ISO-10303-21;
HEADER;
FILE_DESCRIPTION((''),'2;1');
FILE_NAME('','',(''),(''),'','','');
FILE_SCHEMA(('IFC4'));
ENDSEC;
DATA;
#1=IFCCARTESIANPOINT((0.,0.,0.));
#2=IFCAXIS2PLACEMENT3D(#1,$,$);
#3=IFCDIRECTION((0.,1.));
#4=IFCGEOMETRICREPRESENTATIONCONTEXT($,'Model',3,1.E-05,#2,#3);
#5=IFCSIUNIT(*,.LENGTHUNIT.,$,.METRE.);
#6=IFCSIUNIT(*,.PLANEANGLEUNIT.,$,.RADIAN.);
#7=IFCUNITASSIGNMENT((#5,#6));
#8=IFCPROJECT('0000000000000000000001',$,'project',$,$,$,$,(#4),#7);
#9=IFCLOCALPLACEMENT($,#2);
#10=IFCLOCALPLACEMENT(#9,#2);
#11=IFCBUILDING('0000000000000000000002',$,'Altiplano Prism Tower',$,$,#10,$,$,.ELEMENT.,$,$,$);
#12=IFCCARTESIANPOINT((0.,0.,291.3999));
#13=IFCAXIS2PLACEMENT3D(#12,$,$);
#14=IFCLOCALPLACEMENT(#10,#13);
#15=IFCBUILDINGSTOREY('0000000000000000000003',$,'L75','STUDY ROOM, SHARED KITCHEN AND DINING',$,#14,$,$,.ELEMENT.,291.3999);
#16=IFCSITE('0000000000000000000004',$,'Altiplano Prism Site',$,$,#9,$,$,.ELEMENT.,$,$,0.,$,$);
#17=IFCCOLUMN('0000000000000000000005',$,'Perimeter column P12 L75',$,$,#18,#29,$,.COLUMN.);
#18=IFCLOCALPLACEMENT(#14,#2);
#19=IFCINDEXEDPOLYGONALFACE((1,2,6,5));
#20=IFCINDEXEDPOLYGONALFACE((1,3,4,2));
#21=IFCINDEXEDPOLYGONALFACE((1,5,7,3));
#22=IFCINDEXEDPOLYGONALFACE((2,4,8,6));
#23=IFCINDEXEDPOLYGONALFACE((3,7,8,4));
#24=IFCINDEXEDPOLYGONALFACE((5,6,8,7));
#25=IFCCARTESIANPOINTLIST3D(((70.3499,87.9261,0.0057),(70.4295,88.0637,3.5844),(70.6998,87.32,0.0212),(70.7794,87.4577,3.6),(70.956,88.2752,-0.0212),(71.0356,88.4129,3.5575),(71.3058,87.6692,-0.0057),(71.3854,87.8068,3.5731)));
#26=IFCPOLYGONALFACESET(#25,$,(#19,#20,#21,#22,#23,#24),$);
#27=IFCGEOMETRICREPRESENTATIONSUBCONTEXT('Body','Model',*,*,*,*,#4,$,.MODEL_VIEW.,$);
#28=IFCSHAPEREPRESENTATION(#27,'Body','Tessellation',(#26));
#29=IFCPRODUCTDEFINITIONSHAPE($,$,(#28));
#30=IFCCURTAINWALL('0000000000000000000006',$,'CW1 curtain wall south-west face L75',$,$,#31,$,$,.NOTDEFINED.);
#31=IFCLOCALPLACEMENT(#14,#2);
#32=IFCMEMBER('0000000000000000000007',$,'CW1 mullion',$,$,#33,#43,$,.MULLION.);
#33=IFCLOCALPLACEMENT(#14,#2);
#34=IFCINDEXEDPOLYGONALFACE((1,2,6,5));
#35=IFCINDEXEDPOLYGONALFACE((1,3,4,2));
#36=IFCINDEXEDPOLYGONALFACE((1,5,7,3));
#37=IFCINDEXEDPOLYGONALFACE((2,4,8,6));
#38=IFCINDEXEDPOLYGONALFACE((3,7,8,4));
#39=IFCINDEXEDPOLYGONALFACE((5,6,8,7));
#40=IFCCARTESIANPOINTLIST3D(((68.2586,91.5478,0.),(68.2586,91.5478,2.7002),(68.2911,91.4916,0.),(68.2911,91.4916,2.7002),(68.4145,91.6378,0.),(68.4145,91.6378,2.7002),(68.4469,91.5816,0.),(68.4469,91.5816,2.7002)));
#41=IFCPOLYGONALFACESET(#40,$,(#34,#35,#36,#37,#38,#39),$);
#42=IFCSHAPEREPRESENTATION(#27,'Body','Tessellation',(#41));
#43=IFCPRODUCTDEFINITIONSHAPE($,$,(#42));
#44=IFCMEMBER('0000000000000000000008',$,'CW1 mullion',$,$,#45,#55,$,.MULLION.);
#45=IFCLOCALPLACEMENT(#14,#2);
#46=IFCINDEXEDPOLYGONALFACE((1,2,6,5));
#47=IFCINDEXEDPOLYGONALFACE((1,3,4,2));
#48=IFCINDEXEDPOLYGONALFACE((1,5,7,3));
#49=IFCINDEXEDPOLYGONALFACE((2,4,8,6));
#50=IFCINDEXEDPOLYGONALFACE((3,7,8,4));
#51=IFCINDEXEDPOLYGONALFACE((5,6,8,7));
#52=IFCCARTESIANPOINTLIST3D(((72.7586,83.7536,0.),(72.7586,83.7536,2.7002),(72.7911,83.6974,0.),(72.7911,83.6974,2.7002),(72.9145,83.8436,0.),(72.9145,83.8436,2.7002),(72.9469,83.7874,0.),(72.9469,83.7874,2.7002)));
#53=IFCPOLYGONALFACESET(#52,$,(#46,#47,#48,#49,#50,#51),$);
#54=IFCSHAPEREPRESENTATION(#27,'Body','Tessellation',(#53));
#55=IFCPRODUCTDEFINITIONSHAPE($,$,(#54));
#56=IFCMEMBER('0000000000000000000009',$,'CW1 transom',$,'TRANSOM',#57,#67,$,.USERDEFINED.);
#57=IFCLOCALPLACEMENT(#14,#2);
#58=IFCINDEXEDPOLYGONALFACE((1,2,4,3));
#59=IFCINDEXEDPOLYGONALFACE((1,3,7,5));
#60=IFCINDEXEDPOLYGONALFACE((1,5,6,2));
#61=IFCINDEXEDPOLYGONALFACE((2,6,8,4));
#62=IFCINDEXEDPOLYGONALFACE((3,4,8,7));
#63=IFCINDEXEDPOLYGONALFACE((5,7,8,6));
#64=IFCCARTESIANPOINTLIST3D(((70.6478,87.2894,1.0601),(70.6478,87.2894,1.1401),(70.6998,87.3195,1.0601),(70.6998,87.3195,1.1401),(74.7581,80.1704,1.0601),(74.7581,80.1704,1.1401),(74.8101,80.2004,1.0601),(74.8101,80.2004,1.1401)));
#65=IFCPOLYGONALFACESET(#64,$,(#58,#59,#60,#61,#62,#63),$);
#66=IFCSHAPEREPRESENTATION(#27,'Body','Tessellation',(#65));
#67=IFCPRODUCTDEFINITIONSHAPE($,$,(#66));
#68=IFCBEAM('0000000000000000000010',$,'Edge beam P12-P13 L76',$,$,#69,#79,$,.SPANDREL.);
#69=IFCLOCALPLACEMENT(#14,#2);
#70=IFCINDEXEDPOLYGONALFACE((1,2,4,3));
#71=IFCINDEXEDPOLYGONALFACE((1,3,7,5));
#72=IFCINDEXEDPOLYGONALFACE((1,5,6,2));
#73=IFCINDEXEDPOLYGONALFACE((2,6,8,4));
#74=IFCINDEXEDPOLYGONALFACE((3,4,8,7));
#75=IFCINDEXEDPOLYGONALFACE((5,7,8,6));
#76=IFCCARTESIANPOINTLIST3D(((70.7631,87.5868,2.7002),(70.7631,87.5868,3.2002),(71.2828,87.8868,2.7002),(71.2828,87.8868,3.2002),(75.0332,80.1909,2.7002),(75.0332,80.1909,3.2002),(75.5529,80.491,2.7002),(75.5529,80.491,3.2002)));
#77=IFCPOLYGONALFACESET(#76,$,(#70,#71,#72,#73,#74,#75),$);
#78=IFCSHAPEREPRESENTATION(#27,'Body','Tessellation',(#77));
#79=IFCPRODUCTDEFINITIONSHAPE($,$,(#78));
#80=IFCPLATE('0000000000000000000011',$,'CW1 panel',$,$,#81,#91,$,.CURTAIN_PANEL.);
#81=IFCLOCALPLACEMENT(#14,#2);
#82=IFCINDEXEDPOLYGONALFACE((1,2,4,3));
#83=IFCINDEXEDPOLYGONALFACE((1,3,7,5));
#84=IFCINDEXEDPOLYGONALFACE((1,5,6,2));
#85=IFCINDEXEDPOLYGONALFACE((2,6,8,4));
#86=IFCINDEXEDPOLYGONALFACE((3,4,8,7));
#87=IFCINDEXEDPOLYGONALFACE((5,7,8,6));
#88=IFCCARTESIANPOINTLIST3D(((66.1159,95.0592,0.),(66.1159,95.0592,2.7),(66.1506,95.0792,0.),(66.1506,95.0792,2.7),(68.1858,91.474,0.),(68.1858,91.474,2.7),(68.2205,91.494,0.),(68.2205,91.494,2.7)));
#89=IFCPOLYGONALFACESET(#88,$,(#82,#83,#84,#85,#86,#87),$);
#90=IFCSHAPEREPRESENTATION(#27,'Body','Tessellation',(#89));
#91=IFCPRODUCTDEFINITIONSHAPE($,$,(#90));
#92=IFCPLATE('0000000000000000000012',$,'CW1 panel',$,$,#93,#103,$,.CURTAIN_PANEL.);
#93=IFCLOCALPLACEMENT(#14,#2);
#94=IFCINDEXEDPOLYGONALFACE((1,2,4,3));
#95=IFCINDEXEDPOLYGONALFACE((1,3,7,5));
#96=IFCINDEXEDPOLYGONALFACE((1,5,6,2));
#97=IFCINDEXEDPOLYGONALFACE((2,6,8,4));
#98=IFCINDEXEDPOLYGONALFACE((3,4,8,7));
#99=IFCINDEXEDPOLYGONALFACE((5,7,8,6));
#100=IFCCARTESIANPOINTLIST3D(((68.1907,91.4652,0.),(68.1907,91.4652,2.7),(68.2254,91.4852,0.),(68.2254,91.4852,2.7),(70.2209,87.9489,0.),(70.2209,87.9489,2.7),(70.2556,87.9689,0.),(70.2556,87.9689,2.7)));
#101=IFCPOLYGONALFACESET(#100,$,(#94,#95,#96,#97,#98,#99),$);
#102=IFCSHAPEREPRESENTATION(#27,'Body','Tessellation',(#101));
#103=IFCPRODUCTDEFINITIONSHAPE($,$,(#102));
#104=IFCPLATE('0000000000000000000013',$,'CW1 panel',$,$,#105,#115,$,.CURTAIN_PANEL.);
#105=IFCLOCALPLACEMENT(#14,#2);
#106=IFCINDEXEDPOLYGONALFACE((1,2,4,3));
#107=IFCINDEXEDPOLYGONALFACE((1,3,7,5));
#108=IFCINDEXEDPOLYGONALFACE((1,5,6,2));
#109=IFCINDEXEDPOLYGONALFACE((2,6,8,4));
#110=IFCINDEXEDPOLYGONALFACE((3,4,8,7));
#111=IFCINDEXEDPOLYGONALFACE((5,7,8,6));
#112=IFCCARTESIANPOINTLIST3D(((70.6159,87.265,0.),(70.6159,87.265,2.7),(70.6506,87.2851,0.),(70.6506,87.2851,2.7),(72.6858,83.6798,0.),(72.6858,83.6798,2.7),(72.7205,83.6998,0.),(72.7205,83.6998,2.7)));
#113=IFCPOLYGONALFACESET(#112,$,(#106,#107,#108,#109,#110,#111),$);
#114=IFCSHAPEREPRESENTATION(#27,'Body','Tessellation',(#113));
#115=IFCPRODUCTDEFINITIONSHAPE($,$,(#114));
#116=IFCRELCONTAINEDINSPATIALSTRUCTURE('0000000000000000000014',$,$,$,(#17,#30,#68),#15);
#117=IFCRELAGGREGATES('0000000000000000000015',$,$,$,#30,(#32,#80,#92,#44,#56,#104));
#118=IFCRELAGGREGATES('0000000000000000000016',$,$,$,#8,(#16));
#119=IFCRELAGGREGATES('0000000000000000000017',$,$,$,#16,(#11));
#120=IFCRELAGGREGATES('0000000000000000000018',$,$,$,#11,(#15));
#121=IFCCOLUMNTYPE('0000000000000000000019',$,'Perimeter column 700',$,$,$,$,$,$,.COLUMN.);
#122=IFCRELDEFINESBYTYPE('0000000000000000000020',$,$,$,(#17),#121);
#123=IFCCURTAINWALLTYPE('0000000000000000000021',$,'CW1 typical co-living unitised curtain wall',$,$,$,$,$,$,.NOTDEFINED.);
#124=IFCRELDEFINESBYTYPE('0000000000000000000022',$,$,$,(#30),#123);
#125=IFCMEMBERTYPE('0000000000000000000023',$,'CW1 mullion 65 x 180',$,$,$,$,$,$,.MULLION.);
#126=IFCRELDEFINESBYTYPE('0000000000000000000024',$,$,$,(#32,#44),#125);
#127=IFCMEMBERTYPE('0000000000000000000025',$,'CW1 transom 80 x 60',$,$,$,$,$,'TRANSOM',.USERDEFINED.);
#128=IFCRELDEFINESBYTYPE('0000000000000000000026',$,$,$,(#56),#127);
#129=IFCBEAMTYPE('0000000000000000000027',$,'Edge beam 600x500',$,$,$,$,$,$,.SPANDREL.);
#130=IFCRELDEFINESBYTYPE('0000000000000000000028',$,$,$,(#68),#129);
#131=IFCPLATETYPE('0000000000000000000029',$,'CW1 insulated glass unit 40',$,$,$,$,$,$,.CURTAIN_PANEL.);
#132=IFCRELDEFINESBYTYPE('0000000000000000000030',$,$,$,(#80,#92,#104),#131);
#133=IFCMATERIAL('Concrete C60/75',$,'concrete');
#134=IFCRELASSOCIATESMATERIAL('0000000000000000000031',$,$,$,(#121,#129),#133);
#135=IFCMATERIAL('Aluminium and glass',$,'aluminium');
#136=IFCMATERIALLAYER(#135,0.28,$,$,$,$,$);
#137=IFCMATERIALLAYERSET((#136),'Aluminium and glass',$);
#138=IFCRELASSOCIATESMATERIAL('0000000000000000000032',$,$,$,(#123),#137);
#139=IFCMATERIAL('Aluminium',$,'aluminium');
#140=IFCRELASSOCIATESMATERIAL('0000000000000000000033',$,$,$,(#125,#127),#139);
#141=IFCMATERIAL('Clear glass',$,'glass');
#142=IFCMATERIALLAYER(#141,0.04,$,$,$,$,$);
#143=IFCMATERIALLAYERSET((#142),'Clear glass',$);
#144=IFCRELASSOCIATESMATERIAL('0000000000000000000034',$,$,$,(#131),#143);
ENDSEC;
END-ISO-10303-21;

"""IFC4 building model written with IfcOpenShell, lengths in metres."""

from ifc_helpers import new_model, si_unit, direction, frame, origin, origin_2d, place, context, subcontext, project, spatial, rectangle, extrude, material, layer, layer_set, material_profile, profile_set, type_object, element, aggregate, save


model = new_model("IFC4")

# Units and contexts
model_context = context("Model", 3, precision=1e-05, world=origin(), true_north=direction((0.0, 1.0)))
body_context = subcontext(model_context, "Body", "Model", "MODEL_VIEW")
ifc_project = project(units=[si_unit("LENGTHUNIT", "METRE"), si_unit("PLANEANGLEUNIT", "RADIAN")], contexts=[model_context])

# Site, building, storey
site_placement = place(None, origin())
site = spatial("IfcSite", under=ifc_project, at=site_placement, Name="Altiplano Prism Site", CompositionType="ELEMENT", RefElevation=0.0)
building_placement = place(site_placement, origin())
building = spatial("IfcBuilding", under=site, at=building_placement, Name="Altiplano Prism Tower", CompositionType="ELEMENT")
storey_placement = place(building_placement, frame((0.0, 0.0, 291.3999)))
storey = spatial("IfcBuildingStorey", under=building, at=storey_placement, Name="L75", Description="STUDY ROOM, SHARED KITCHEN AND DINING", CompositionType="ELEMENT", Elevation=291.3999)

# Column
ifc_material_1 = material(Name="Concrete C60/75", Category="concrete")
ifc_material_profile_1 = material_profile(ifc_material_1, rectangle(XDim=0.7, YDim=0.7, at=origin_2d()), Name="Perimeter column 700")
ifc_profile_set_1 = profile_set([ifc_material_profile_1], Name="Concrete C60/75")
column_type = type_object("IfcColumnType", Name="Perimeter column 700", PredefinedType="COLUMN", material=ifc_profile_set_1)
column_placement = place(storey_placement, frame((70.8279, 87.7976, 0.0), z_axis=(0.022217, 0.038437, 0.999014), x_axis=(-0.865848, -0.498827, 0.038448)))
element("IfcColumn", 1, at=column_placement, inside=storey, type_object=column_type, Name="Perimeter column P12 L75", PredefinedType="COLUMN", context=body_context, shape_type="SweptSolid", body=[
    extrude(rectangle(XDim=0.7, YDim=0.7, at=origin_2d()), origin(), (0.0, 0.0, 1.0), 3.5823),
])

# Curtain wall, members
ifc_material_2 = material(Name="Aluminium and glass", Category="aluminium")
ifc_layer_1 = layer(ifc_material_2, 0.28)
ifc_layer_set_1 = layer_set([ifc_layer_1], Name="Aluminium and glass")
curtain_wall_type = type_object("IfcCurtainWallType", Name="CW1 typical co-living unitised curtain wall", PredefinedType="NOTDEFINED", material=ifc_layer_set_1)
curtain_wall_placement = place(storey_placement, origin())
curtain_wall = element("IfcCurtainWall", 2, at=curtain_wall_placement, inside=storey, type_object=curtain_wall_type, Name="CW1 curtain wall south-west face L75", PredefinedType="NOTDEFINED")
ifc_material_3 = material(Name="Aluminium", Category="aluminium")
ifc_material_profile_2 = material_profile(ifc_material_3, rectangle(XDim=0.1799, YDim=0.0649, at=origin_2d()), Name="CW1 mullion 65 x 180")
ifc_profile_set_2 = profile_set([ifc_material_profile_2], Name="Aluminium")
member_type_1 = type_object("IfcMemberType", Name="CW1 mullion 65 x 180", PredefinedType="MULLION", material=ifc_profile_set_2)
member_1_placement = place(storey_placement, frame((68.3528, 91.5647, 0.0), z_axis=(0.0, 0.0, 1.0), x_axis=(0.866025, 0.5, 0.0)))
member_1 = element("IfcMember", 3, at=member_1_placement, type_object=member_type_1, Name="CW1 mullion", PredefinedType="MULLION", context=body_context, shape_type="SweptSolid", body=[
    extrude(rectangle(XDim=0.1799, YDim=0.0649, at=origin_2d()), origin(), (0.0, 0.0, 1.0), 2.7002),
])
member_2_placement = place(storey_placement, frame((72.8528, 83.7705, 0.0), z_axis=(0.0, 0.0, 1.0), x_axis=(0.866025, 0.5, 0.0)))
member_2 = element("IfcMember", 4, at=member_2_placement, type_object=member_type_1, Name="CW1 mullion", PredefinedType="MULLION", context=body_context, shape_type="SweptSolid", body=[
    extrude(rectangle(XDim=0.1799, YDim=0.0649, at=origin_2d()), origin(), (0.0, 0.0, 1.0), 2.7002),
])
ifc_material_profile_3 = material_profile(ifc_material_3, rectangle(XDim=0.0601, YDim=0.0801, at=origin_2d()), Name="CW1 transom 80 x 60")
ifc_profile_set_3 = profile_set([ifc_material_profile_3], Name="Aluminium")
member_type_2 = type_object("IfcMemberType", Name="CW1 transom 80 x 60", ElementType="TRANSOM", PredefinedType="USERDEFINED", material=ifc_profile_set_3)
member_3_placement = place(storey_placement, frame((70.6738, 87.3044, 1.1001), z_axis=(0.50001, -0.866019, 0.0), x_axis=(0.866019, 0.50001, 0.0)))
member_3 = element("IfcMember", 5, at=member_3_placement, type_object=member_type_2, Name="CW1 transom", ObjectType="TRANSOM", PredefinedType="USERDEFINED", context=body_context, shape_type="SweptSolid", body=[
    extrude(rectangle(XDim=0.0601, YDim=0.0801, at=origin_2d()), origin(), (0.0, 0.0, 1.0), 8.2205),
])

# Beam
ifc_material_profile_4 = material_profile(ifc_material_1, rectangle(XDim=0.6001, YDim=0.5, at=origin_2d()), Name="Edge beam 600x500")
ifc_profile_set_4 = profile_set([ifc_material_profile_4], Name="Concrete C60/75")
beam_type = type_object("IfcBeamType", Name="Edge beam 600x500", PredefinedType="SPANDREL", material=ifc_profile_set_4)
beam_placement = place(storey_placement, frame((71.0229, 87.7368, 2.9502), z_axis=(0.500007, -0.866021, 0.0), x_axis=(0.866021, 0.500007, 0.0)))
element("IfcBeam", 6, at=beam_placement, inside=storey, type_object=beam_type, Name="Edge beam P12-P13 L76", PredefinedType="SPANDREL", context=body_context, shape_type="SweptSolid", body=[
    extrude(rectangle(XDim=0.6001, YDim=0.5, at=origin_2d()), origin(), (0.0, 0.0, 1.0), 8.54),
])

# Plates
ifc_material_4 = material(Name="Clear glass", Category="glass")
ifc_layer_2 = layer(ifc_material_4, 0.04)
ifc_layer_set_2 = layer_set([ifc_layer_2], Name="Clear glass")
plate_type = type_object("IfcPlateType", Name="CW1 insulated glass unit 40", PredefinedType="CURTAIN_PANEL", material=ifc_layer_set_2)
plate_1_placement = place(storey_placement, frame((67.1682, 93.2766, 0.0), z_axis=(0.0, 0.0, 1.0), x_axis=(0.5, -0.866025, 0.0)))
plate_1 = element("IfcPlate", 7, at=plate_1_placement, type_object=plate_type, Name="CW1 panel", PredefinedType="CURTAIN_PANEL", context=body_context, shape_type="SweptSolid", body=[
    extrude(rectangle(XDim=4.1399, YDim=0.04, at=origin_2d()), origin(), (0.0, 0.0, 1.0), 2.7),
])
plate_2_placement = place(storey_placement, frame((69.2231, 89.717, 0.0), z_axis=(0.0, 0.0, 1.0), x_axis=(0.5, -0.866025, 0.0)))
plate_2 = element("IfcPlate", 8, at=plate_2_placement, type_object=plate_type, Name="CW1 panel", PredefinedType="CURTAIN_PANEL", context=body_context, shape_type="SweptSolid", body=[
    extrude(rectangle(XDim=4.0603, YDim=0.04, at=origin_2d()), origin(), (0.0, 0.0, 1.0), 2.7),
])
plate_3_placement = place(storey_placement, frame((71.6682, 85.4824, 0.0), z_axis=(0.0, 0.0, 1.0), x_axis=(0.5, -0.866025, 0.0)))
plate_3 = element("IfcPlate", 9, at=plate_3_placement, type_object=plate_type, Name="CW1 panel", PredefinedType="CURTAIN_PANEL", context=body_context, shape_type="SweptSolid", body=[
    extrude(rectangle(XDim=4.1399, YDim=0.04, at=origin_2d()), origin(), (0.0, 0.0, 1.0), 2.7),
])
aggregate(curtain_wall, [member_1, plate_1, plate_2, member_2, member_3, plate_3])

save(model, "model.ifc")
